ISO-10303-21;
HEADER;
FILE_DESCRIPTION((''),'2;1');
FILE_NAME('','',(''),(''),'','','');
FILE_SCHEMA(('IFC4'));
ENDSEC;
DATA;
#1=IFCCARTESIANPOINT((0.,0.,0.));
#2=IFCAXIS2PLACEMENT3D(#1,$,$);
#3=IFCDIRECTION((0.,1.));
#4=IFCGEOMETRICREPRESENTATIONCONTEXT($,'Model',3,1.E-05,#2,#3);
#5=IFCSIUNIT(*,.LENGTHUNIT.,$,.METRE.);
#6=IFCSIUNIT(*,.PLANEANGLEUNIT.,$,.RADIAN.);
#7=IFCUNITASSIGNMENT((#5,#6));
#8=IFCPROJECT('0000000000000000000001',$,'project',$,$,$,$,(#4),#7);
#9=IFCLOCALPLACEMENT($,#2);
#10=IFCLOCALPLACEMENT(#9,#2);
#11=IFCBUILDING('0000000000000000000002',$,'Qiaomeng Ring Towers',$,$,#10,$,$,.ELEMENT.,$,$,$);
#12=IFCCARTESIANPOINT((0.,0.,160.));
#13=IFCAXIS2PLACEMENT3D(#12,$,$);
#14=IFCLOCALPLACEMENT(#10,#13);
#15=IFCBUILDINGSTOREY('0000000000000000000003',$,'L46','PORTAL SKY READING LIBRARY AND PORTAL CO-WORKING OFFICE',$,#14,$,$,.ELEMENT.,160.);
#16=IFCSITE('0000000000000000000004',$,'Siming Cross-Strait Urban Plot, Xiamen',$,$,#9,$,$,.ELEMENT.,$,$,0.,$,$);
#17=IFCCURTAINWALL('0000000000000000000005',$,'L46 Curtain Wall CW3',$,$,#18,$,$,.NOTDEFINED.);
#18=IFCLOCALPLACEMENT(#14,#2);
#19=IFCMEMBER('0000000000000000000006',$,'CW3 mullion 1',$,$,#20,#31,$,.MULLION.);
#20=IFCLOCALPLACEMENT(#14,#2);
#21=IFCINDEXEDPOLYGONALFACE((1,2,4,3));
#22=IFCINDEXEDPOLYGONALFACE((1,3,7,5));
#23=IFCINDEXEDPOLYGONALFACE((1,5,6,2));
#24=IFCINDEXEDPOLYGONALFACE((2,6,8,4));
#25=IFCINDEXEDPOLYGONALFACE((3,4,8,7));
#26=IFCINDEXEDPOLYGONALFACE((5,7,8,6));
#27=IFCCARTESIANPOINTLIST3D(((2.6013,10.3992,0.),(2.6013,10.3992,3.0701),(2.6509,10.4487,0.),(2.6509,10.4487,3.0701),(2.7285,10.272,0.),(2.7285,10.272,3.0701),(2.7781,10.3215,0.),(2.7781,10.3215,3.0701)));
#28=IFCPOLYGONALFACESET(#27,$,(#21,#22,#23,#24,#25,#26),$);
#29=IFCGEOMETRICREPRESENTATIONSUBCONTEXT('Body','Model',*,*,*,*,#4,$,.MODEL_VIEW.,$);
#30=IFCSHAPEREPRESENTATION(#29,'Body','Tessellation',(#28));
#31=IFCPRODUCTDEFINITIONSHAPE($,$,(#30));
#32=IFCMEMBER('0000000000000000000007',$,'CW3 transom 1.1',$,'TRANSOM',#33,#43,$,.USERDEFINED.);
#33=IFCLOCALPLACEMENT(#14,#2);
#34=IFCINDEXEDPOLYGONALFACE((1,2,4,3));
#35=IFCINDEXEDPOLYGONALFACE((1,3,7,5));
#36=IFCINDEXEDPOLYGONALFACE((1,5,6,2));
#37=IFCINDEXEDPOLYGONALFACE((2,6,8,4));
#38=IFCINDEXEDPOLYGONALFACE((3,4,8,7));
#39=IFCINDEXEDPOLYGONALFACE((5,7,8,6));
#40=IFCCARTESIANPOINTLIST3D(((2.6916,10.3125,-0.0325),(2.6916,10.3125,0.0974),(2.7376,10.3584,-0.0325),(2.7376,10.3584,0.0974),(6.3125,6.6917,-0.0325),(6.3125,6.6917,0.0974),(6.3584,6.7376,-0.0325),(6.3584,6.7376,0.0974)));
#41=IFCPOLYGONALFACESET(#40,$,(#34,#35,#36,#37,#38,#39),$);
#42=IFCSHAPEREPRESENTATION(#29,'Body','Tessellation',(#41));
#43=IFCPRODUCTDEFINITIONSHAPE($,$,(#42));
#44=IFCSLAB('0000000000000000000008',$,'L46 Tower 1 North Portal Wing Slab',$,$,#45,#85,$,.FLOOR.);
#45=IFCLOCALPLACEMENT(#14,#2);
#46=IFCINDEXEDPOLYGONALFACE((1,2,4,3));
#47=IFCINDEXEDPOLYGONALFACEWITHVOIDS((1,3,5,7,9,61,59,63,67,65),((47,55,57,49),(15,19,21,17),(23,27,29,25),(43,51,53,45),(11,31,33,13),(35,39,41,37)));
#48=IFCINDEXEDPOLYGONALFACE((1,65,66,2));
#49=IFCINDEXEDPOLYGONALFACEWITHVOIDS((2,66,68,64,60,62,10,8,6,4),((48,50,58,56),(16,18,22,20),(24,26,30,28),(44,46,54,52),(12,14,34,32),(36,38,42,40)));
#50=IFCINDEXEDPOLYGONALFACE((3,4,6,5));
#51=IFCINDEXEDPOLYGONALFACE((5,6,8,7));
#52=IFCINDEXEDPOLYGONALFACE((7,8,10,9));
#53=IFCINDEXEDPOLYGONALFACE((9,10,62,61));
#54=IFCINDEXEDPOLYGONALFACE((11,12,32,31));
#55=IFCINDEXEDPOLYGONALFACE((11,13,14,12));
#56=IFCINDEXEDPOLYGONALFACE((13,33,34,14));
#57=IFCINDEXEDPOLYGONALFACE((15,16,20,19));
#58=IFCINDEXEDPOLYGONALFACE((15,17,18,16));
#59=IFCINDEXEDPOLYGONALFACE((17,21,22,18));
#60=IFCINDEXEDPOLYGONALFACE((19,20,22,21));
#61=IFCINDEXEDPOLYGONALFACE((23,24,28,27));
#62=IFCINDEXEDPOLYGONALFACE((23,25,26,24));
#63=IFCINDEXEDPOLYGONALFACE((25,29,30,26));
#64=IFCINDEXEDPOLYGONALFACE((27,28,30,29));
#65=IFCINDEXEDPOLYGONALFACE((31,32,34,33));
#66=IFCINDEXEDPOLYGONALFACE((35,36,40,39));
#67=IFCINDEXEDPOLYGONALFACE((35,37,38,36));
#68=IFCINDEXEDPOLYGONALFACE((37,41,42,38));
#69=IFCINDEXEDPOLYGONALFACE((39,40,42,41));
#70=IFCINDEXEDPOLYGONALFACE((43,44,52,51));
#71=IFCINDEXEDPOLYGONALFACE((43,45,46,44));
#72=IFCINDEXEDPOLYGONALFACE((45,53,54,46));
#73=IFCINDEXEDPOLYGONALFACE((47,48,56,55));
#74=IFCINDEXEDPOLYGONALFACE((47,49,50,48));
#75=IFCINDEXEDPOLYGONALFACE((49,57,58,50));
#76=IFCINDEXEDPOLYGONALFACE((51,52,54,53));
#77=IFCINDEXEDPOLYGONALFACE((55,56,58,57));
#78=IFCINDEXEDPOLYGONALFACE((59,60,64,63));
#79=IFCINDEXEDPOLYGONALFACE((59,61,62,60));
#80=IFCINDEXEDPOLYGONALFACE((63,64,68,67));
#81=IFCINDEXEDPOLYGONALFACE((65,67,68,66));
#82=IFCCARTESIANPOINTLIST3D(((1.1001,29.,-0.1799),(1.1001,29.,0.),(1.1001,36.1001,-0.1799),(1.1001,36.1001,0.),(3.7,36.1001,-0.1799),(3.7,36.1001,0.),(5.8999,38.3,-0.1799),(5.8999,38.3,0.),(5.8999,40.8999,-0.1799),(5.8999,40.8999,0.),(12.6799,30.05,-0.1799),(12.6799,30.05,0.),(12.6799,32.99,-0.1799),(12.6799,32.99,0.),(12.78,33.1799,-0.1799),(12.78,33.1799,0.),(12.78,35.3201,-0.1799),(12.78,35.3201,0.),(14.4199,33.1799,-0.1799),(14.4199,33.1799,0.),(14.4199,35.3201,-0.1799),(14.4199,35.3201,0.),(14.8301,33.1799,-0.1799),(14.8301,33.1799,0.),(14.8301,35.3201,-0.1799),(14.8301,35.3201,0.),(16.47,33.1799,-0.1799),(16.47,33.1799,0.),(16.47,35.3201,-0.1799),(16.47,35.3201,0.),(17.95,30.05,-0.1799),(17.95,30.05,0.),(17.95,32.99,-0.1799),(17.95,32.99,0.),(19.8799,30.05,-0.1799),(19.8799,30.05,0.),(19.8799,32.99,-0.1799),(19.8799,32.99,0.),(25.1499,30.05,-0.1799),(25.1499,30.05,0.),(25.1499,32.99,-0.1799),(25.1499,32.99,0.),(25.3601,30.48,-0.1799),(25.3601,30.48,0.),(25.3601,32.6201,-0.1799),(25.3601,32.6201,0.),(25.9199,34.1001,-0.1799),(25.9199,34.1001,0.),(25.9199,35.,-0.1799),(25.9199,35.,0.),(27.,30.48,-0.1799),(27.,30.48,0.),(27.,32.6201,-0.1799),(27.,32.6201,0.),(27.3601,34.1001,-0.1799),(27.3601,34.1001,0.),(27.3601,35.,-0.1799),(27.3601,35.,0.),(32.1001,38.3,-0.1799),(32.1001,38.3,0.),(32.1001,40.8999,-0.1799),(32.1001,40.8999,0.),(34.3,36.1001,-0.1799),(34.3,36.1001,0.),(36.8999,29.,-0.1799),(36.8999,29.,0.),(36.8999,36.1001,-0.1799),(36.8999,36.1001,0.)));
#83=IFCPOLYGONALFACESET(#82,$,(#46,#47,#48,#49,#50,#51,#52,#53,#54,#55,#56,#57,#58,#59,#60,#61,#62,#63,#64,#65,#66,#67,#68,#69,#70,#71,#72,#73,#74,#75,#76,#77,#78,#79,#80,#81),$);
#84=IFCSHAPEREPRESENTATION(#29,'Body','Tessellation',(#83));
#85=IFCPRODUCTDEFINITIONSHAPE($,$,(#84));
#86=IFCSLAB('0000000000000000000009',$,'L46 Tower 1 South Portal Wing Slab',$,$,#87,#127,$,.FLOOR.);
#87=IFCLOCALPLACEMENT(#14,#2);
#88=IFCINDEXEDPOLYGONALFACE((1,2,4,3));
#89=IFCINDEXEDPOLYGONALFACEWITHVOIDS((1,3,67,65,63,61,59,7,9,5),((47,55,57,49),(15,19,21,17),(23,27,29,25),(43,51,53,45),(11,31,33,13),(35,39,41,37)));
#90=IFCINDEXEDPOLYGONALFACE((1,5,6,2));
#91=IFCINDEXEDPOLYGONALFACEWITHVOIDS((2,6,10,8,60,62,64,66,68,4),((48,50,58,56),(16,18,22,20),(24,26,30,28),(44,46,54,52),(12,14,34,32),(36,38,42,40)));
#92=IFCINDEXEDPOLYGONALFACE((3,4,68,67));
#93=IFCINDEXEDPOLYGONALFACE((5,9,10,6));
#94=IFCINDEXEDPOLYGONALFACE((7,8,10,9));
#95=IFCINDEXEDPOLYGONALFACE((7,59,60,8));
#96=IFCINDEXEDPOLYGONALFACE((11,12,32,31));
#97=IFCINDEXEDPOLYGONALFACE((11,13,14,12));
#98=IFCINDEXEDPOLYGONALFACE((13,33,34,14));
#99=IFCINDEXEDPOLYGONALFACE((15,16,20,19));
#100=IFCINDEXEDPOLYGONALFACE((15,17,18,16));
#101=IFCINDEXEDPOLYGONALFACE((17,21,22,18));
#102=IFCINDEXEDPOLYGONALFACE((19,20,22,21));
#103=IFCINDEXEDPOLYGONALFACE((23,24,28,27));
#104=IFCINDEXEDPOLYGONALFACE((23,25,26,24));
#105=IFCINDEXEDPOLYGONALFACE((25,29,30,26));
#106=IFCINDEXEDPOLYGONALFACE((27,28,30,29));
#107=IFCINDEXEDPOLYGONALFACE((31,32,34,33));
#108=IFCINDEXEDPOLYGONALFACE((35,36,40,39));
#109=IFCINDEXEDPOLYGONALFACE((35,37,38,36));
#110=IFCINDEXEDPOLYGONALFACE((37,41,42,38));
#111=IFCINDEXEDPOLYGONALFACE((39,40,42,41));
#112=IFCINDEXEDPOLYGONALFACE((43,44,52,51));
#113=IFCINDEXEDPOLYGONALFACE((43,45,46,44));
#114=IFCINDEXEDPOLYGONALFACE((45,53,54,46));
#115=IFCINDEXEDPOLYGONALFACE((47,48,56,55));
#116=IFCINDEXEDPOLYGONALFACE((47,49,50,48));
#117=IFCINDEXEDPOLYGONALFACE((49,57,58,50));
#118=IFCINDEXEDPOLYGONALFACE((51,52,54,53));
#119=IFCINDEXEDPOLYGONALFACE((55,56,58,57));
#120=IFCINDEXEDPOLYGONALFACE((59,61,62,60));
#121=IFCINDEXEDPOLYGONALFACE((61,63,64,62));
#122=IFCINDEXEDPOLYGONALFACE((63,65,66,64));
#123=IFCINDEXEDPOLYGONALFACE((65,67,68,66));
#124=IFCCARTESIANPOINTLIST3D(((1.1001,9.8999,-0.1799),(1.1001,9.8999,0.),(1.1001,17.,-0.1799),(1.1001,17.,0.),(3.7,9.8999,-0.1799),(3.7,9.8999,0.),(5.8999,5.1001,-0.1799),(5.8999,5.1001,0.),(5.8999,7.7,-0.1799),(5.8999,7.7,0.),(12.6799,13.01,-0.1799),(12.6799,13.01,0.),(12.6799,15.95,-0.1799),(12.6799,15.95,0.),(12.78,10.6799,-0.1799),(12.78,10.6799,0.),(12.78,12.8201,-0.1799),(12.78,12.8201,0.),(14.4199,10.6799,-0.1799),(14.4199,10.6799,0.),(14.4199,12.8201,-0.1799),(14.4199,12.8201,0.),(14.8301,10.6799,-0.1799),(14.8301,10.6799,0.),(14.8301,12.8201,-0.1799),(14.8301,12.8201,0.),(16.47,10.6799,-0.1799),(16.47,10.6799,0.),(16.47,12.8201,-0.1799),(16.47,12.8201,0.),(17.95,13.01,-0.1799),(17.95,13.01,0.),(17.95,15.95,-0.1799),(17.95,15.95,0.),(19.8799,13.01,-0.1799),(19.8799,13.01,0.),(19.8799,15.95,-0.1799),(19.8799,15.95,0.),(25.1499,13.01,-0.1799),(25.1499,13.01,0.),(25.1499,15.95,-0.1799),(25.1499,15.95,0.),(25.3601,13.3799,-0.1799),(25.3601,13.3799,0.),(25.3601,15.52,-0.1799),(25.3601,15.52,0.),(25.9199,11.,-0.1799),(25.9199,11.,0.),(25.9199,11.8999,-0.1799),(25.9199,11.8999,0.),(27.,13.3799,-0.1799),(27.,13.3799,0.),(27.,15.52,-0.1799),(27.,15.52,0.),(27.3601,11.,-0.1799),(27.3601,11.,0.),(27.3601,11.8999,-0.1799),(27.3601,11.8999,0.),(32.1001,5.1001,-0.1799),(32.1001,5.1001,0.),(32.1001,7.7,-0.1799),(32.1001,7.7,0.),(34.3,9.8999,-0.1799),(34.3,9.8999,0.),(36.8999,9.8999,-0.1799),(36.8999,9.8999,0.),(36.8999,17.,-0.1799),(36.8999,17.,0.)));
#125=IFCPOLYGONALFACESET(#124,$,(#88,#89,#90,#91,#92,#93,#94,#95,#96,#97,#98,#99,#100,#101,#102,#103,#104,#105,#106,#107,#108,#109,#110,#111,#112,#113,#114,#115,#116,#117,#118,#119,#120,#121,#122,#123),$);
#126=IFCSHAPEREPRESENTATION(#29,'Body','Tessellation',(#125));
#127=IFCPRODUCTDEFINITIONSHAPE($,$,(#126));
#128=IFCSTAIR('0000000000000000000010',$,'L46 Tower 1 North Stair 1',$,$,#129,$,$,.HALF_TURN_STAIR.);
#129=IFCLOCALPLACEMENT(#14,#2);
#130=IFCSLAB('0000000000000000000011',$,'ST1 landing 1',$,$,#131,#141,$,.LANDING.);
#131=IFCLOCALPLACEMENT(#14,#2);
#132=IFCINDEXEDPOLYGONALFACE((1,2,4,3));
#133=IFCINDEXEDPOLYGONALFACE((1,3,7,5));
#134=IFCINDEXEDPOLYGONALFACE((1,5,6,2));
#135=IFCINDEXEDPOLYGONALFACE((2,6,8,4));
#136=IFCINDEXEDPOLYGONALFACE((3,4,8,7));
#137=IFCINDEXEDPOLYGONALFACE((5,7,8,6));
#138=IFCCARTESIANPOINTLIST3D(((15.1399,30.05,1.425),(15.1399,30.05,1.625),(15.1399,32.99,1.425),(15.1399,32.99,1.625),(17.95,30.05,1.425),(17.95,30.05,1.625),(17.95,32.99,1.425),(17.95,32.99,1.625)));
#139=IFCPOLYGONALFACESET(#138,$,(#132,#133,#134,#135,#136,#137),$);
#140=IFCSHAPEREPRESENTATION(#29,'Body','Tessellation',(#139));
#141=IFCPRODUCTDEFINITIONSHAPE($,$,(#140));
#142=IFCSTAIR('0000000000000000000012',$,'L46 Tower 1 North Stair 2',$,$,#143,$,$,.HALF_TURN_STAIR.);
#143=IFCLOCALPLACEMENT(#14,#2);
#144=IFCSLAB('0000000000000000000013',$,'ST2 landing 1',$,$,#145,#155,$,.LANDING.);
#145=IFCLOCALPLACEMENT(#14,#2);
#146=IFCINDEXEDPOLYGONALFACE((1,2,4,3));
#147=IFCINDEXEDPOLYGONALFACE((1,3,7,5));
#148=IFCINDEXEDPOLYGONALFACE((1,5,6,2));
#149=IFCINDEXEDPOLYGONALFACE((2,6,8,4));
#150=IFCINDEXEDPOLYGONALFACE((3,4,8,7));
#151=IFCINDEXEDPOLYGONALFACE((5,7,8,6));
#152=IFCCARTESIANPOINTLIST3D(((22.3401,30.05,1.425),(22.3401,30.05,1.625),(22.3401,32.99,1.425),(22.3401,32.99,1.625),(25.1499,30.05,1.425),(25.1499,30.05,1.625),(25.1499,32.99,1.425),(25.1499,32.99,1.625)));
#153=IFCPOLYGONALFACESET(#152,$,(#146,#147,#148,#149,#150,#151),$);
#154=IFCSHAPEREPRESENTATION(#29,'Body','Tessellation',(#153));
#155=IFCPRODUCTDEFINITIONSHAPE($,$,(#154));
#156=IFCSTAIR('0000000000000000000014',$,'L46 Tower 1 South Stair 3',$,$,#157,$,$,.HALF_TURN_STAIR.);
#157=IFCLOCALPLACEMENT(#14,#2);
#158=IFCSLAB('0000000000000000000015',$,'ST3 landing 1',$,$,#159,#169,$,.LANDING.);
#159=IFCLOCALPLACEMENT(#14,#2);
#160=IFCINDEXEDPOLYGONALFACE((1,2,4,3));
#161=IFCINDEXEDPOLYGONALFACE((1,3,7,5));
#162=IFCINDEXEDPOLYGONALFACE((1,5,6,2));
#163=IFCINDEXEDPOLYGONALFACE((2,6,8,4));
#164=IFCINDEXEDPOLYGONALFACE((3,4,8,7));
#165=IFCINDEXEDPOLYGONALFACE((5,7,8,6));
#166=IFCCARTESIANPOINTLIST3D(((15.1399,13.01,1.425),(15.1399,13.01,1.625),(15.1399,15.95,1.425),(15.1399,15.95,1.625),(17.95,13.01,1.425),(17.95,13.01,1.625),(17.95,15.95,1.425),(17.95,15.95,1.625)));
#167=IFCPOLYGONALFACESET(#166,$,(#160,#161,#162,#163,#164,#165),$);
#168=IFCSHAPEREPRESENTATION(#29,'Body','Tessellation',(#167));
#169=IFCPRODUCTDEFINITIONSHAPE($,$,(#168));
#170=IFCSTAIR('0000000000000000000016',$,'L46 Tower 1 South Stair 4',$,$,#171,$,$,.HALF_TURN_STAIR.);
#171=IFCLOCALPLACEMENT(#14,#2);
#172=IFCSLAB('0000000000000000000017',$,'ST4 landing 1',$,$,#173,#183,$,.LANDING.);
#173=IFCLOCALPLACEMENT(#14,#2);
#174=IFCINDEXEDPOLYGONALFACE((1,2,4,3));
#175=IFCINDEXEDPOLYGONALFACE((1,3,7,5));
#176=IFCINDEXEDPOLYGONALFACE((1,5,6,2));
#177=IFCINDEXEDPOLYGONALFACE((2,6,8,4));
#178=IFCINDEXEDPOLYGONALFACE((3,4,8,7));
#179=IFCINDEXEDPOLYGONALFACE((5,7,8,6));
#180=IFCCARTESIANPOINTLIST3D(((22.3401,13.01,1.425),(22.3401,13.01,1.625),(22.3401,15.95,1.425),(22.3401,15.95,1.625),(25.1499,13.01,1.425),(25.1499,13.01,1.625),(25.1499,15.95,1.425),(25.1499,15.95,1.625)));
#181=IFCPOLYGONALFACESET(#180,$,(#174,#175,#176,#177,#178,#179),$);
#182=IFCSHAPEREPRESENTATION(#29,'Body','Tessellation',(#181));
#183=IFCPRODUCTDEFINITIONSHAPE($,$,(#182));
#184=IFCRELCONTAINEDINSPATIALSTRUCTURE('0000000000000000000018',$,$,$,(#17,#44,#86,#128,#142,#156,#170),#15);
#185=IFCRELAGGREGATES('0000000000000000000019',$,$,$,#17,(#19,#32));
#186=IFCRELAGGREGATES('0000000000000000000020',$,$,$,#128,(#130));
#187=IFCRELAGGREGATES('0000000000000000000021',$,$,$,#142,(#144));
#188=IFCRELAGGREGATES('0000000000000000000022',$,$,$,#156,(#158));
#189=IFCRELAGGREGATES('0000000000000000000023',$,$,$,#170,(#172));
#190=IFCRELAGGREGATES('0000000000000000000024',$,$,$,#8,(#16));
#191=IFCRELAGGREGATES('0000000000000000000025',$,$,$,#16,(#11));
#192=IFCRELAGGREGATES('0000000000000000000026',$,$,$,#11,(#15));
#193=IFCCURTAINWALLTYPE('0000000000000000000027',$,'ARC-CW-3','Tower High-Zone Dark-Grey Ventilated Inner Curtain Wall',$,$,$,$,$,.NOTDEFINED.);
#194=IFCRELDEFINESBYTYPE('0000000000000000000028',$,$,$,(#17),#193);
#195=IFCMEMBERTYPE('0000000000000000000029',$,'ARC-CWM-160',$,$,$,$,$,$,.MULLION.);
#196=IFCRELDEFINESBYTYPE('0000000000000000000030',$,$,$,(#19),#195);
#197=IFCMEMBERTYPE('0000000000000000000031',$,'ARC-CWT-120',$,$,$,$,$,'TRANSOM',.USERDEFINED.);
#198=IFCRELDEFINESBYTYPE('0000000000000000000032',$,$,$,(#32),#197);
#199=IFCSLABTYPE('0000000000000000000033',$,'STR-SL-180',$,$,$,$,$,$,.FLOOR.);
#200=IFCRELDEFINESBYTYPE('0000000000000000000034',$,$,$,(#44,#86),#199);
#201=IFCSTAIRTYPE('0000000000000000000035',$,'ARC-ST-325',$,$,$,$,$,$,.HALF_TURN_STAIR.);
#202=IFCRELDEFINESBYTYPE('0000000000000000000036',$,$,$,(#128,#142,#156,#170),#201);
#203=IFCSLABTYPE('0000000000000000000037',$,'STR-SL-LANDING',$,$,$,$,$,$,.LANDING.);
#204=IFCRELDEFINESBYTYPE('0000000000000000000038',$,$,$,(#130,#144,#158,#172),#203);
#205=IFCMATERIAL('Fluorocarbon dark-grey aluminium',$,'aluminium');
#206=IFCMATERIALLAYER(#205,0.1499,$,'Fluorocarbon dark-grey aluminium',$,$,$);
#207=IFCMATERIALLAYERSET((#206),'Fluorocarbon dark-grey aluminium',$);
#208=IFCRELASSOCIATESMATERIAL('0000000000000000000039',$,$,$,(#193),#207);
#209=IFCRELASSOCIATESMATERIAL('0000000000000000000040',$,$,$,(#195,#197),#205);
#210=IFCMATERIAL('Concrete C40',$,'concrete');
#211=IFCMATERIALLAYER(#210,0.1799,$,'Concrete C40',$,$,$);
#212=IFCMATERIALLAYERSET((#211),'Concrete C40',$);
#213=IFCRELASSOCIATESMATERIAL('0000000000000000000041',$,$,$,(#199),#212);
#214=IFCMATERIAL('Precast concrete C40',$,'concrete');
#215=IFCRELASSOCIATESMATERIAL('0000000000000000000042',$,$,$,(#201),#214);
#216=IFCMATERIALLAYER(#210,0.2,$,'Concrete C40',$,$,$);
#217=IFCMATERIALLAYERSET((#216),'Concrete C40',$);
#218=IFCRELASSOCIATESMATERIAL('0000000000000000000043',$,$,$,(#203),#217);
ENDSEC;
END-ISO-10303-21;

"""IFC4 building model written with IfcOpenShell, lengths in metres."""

from ifc_helpers import new_model, si_unit, direction, frame, origin, origin_2d, place, context, subcontext, project, spatial, polyline, rectangle, outline, extrude, source, transform, mapped, material, layer, layer_set, material_profile, profile_set, type_object, element, aggregate, save


model = new_model("IFC4")

# Units and contexts
model_context = context("Model", 3, precision=1e-05, world=origin(), true_north=direction((0.0, 1.0)))
body_context = subcontext(model_context, "Body", "Model", "MODEL_VIEW")
ifc_project = project(units=[si_unit("LENGTHUNIT", "METRE"), si_unit("PLANEANGLEUNIT", "RADIAN")], contexts=[model_context])

# Site, building, storey
site_placement = place(None, origin())
site = spatial("IfcSite", under=ifc_project, at=site_placement, Name="Siming Cross-Strait Urban Plot, Xiamen", CompositionType="ELEMENT", RefElevation=0.0)
building_placement = place(site_placement, origin())
building = spatial("IfcBuilding", under=site, at=building_placement, Name="Qiaomeng Ring Towers", CompositionType="ELEMENT")
storey_placement = place(building_placement, frame((0.0, 0.0, 160.0)))
storey = spatial("IfcBuildingStorey", under=building, at=storey_placement, Name="L46", Description="PORTAL SKY READING LIBRARY AND PORTAL CO-WORKING OFFICE", CompositionType="ELEMENT", Elevation=160.0)

# Curtain wall, members
ifc_material_1 = material(Name="Fluorocarbon dark-grey aluminium", Category="aluminium")
ifc_layer_1 = layer(ifc_material_1, 0.1499, Name="Fluorocarbon dark-grey aluminium")
ifc_layer_set_1 = layer_set([ifc_layer_1], Name="Fluorocarbon dark-grey aluminium")
curtain_wall_type = type_object("IfcCurtainWallType", Name="ARC-CW-3", Description="Tower High-Zone Dark-Grey Ventilated Inner Curtain Wall", PredefinedType="NOTDEFINED", material=ifc_layer_set_1)
curtain_wall_placement = place(storey_placement, origin())
curtain_wall = element("IfcCurtainWall", 1, at=curtain_wall_placement, inside=storey, type_object=curtain_wall_type, Name="L46 Curtain Wall CW3", PredefinedType="NOTDEFINED")
ifc_material_profile_1 = material_profile(ifc_material_1, rectangle(XDim=0.0701, YDim=0.1799, at=origin_2d()), Name="ALU MULL 70x180")
ifc_profile_set_1 = profile_set([ifc_material_profile_1], Name="Fluorocarbon dark-grey aluminium")
member_type_1 = type_object("IfcMemberType", Name="ARC-CWM-160", PredefinedType="MULLION", material=ifc_profile_set_1)
shared_shape_1 = source(origin(), body_context, "Body", "SweptSolid", [
    extrude(rectangle(XDim=0.0701, YDim=0.1799, at=origin_2d()), origin(), (0.0, 0.0, 1.0), 3.0701),
])
member_1_placement = place(storey_placement, frame((2.6897, 10.3604, 0.0), z_axis=(0.0, 0.0, 1.0), x_axis=(0.707107, 0.707107, 0.0)))
member_1 = element("IfcMember", 2, at=member_1_placement, type_object=member_type_1, Name="CW3 mullion 1", PredefinedType="MULLION", context=body_context, shape_type="MappedRepresentation", body=[
    mapped(shared_shape_1, transform((0.0, 0.0, 0.0), x_axis=(1.0, 0.0, 0.0), y_axis=(0.0, 1.0, 0.0), z_axis=(0.0, 0.0, 1.0), scale=1.0)),
])
ifc_material_profile_2 = material_profile(ifc_material_1, rectangle(XDim=0.0649, YDim=0.1299, at=origin_2d()), Name="ALU TRAN 65x130")
ifc_profile_set_2 = profile_set([ifc_material_profile_2], Name="Fluorocarbon dark-grey aluminium")
member_type_2 = type_object("IfcMemberType", Name="ARC-CWT-120", ElementType="TRANSOM", PredefinedType="USERDEFINED", material=ifc_profile_set_2)
shared_shape_2 = source(origin(), body_context, "Body", "SweptSolid", [
    extrude(rectangle(XDim=0.0649, YDim=0.1299, at=origin_2d()), origin(), (0.0, 0.0, 1.0), 5.1206),
])
member_2_placement = place(storey_placement, frame((2.7146, 10.3354, 0.0325), z_axis=(0.707107, -0.707107, 0.0), x_axis=(0.707107, 0.707107, 0.0)))
member_2 = element("IfcMember", 3, at=member_2_placement, type_object=member_type_2, Name="CW3 transom 1.1", ObjectType="TRANSOM", PredefinedType="USERDEFINED", context=body_context, shape_type="MappedRepresentation", body=[
    mapped(shared_shape_2, transform((0.0, 0.0, 0.0), x_axis=(1.0, 0.0, 0.0), y_axis=(0.0, 1.0, 0.0), z_axis=(0.0, 0.0, 1.0), scale=1.0)),
])
aggregate(curtain_wall, [member_1, member_2])

# Slabs
ifc_material_2 = material(Name="Concrete C40", Category="concrete")
ifc_layer_2 = layer(ifc_material_2, 0.1799, Name="Concrete C40")
ifc_layer_set_2 = layer_set([ifc_layer_2], Name="Concrete C40")
slab_type_1 = type_object("IfcSlabType", Name="STR-SL-180", PredefinedType="FLOOR", material=ifc_layer_set_2)
slab_1_placement = place(storey_placement, frame((0.0, 0.0, -0.1799)))
element("IfcSlab", 4, at=slab_1_placement, inside=storey, type_object=slab_type_1, Name="L46 Tower 1 North Portal Wing Slab", PredefinedType="FLOOR", context=body_context, shape_type="SweptSolid", body=[
    extrude(outline(polyline([(1.1001, 36.1001), (3.7, 36.1001), (5.8999, 38.3), (5.8999, 40.8999), (32.1001, 40.8999), (32.1001, 38.3), (34.3, 36.1001), (36.8999, 36.1001), (36.8999, 29.0), (1.1001, 29.0), (1.1001, 36.1001)]), holes=[polyline([(17.95, 30.05), (12.6799, 30.05), (12.6799, 32.99), (17.95, 32.99), (17.95, 30.05)]), polyline([(19.8799, 30.05), (19.8799, 32.99), (25.1499, 32.99), (25.1499, 30.05), (19.8799, 30.05)]), polyline([(25.3601, 30.48), (25.3601, 32.6201), (27.0, 32.6201), (27.0, 30.48), (25.3601, 30.48)]), polyline([(14.4199, 33.1799), (12.78, 33.1799), (12.78, 35.3201), (14.4199, 35.3201), (14.4199, 33.1799)]), polyline([(14.8301, 33.1799), (14.8301, 35.3201), (16.47, 35.3201), (16.47, 33.1799), (14.8301, 33.1799)]), polyline([(25.9199, 34.1001), (25.9199, 35.0), (27.3601, 35.0), (27.3601, 34.1001), (25.9199, 34.1001)])]), origin(), (0.0, 0.0, 1.0), 0.1799),
])
slab_2_placement = place(storey_placement, frame((0.0, 0.0, -0.1799)))
element("IfcSlab", 5, at=slab_2_placement, inside=storey, type_object=slab_type_1, Name="L46 Tower 1 South Portal Wing Slab", PredefinedType="FLOOR", context=body_context, shape_type="SweptSolid", body=[
    extrude(outline(polyline([(36.8999, 9.8999), (34.3, 9.8999), (32.1001, 7.7), (32.1001, 5.1001), (5.8999, 5.1001), (5.8999, 7.7), (3.7, 9.8999), (1.1001, 9.8999), (1.1001, 17.0), (36.8999, 17.0), (36.8999, 9.8999)]), holes=[polyline([(27.3601, 11.0), (25.9199, 11.0), (25.9199, 11.8999), (27.3601, 11.8999), (27.3601, 11.0)]), polyline([(12.78, 10.6799), (12.78, 12.8201), (14.4199, 12.8201), (14.4199, 10.6799), (12.78, 10.6799)]), polyline([(14.8301, 10.6799), (14.8301, 12.8201), (16.47, 12.8201), (16.47, 10.6799), (14.8301, 10.6799)]), polyline([(27.0, 13.3799), (25.3601, 13.3799), (25.3601, 15.52), (27.0, 15.52), (27.0, 13.3799)]), polyline([(12.6799, 13.01), (12.6799, 15.95), (17.95, 15.95), (17.95, 13.01), (12.6799, 13.01)]), polyline([(19.8799, 13.01), (19.8799, 15.95), (25.1499, 15.95), (25.1499, 13.01), (19.8799, 13.01)])]), origin(), (0.0, 0.0, 1.0), 0.1799),
])

# Stairs, slabs
ifc_material_3 = material(Name="Precast concrete C40", Category="concrete")
stair_type = type_object("IfcStairType", Name="ARC-ST-325", PredefinedType="HALF_TURN_STAIR", material=ifc_material_3)
stair_1_placement = place(storey_placement, origin())
stair_1 = element("IfcStair", 6, at=stair_1_placement, inside=storey, type_object=stair_type, Name="L46 Tower 1 North Stair 1", PredefinedType="HALF_TURN_STAIR")
ifc_layer_3 = layer(ifc_material_2, 0.2, Name="Concrete C40")
ifc_layer_set_3 = layer_set([ifc_layer_3], Name="Concrete C40")
slab_type_2 = type_object("IfcSlabType", Name="STR-SL-LANDING", PredefinedType="LANDING", material=ifc_layer_set_3)
slab_3_placement = place(storey_placement, frame((0.0, 0.0, 1.425)))
slab_3 = element("IfcSlab", 7, at=slab_3_placement, type_object=slab_type_2, Name="ST1 landing 1", PredefinedType="LANDING", context=body_context, shape_type="SweptSolid", body=[
    extrude(outline(polyline([(15.1399, 30.05), (17.95, 30.05), (17.95, 32.99), (15.1399, 32.99), (15.1399, 30.05)])), origin(), (0.0, 0.0, 1.0), 0.2),
])
aggregate(stair_1, [slab_3])
stair_2_placement = place(storey_placement, origin())
stair_2 = element("IfcStair", 8, at=stair_2_placement, inside=storey, type_object=stair_type, Name="L46 Tower 1 North Stair 2", PredefinedType="HALF_TURN_STAIR")
slab_4_placement = place(storey_placement, frame((0.0, 0.0, 1.425)))
slab_4 = element("IfcSlab", 9, at=slab_4_placement, type_object=slab_type_2, Name="ST2 landing 1", PredefinedType="LANDING", context=body_context, shape_type="SweptSolid", body=[
    extrude(outline(polyline([(22.3401, 30.05), (25.1499, 30.05), (25.1499, 32.99), (22.3401, 32.99), (22.3401, 30.05)])), origin(), (0.0, 0.0, 1.0), 0.2),
])
aggregate(stair_2, [slab_4])
stair_3_placement = place(storey_placement, origin())
stair_3 = element("IfcStair", 10, at=stair_3_placement, inside=storey, type_object=stair_type, Name="L46 Tower 1 South Stair 3", PredefinedType="HALF_TURN_STAIR")
slab_5_placement = place(storey_placement, frame((0.0, 0.0, 1.425)))
slab_5 = element("IfcSlab", 11, at=slab_5_placement, type_object=slab_type_2, Name="ST3 landing 1", PredefinedType="LANDING", context=body_context, shape_type="SweptSolid", body=[
    extrude(outline(polyline([(15.1399, 13.01), (17.95, 13.01), (17.95, 15.95), (15.1399, 15.95), (15.1399, 13.01)])), origin(), (0.0, 0.0, 1.0), 0.2),
])
aggregate(stair_3, [slab_5])
stair_4_placement = place(storey_placement, origin())
stair_4 = element("IfcStair", 12, at=stair_4_placement, inside=storey, type_object=stair_type, Name="L46 Tower 1 South Stair 4", PredefinedType="HALF_TURN_STAIR")
slab_6_placement = place(storey_placement, frame((0.0, 0.0, 1.425)))
slab_6 = element("IfcSlab", 13, at=slab_6_placement, type_object=slab_type_2, Name="ST4 landing 1", PredefinedType="LANDING", context=body_context, shape_type="SweptSolid", body=[
    extrude(outline(polyline([(22.3401, 13.01), (25.1499, 13.01), (25.1499, 15.95), (22.3401, 15.95), (22.3401, 13.01)])), origin(), (0.0, 0.0, 1.0), 0.2),
])
aggregate(stair_4, [slab_6])

save(model, "model.ifc")
